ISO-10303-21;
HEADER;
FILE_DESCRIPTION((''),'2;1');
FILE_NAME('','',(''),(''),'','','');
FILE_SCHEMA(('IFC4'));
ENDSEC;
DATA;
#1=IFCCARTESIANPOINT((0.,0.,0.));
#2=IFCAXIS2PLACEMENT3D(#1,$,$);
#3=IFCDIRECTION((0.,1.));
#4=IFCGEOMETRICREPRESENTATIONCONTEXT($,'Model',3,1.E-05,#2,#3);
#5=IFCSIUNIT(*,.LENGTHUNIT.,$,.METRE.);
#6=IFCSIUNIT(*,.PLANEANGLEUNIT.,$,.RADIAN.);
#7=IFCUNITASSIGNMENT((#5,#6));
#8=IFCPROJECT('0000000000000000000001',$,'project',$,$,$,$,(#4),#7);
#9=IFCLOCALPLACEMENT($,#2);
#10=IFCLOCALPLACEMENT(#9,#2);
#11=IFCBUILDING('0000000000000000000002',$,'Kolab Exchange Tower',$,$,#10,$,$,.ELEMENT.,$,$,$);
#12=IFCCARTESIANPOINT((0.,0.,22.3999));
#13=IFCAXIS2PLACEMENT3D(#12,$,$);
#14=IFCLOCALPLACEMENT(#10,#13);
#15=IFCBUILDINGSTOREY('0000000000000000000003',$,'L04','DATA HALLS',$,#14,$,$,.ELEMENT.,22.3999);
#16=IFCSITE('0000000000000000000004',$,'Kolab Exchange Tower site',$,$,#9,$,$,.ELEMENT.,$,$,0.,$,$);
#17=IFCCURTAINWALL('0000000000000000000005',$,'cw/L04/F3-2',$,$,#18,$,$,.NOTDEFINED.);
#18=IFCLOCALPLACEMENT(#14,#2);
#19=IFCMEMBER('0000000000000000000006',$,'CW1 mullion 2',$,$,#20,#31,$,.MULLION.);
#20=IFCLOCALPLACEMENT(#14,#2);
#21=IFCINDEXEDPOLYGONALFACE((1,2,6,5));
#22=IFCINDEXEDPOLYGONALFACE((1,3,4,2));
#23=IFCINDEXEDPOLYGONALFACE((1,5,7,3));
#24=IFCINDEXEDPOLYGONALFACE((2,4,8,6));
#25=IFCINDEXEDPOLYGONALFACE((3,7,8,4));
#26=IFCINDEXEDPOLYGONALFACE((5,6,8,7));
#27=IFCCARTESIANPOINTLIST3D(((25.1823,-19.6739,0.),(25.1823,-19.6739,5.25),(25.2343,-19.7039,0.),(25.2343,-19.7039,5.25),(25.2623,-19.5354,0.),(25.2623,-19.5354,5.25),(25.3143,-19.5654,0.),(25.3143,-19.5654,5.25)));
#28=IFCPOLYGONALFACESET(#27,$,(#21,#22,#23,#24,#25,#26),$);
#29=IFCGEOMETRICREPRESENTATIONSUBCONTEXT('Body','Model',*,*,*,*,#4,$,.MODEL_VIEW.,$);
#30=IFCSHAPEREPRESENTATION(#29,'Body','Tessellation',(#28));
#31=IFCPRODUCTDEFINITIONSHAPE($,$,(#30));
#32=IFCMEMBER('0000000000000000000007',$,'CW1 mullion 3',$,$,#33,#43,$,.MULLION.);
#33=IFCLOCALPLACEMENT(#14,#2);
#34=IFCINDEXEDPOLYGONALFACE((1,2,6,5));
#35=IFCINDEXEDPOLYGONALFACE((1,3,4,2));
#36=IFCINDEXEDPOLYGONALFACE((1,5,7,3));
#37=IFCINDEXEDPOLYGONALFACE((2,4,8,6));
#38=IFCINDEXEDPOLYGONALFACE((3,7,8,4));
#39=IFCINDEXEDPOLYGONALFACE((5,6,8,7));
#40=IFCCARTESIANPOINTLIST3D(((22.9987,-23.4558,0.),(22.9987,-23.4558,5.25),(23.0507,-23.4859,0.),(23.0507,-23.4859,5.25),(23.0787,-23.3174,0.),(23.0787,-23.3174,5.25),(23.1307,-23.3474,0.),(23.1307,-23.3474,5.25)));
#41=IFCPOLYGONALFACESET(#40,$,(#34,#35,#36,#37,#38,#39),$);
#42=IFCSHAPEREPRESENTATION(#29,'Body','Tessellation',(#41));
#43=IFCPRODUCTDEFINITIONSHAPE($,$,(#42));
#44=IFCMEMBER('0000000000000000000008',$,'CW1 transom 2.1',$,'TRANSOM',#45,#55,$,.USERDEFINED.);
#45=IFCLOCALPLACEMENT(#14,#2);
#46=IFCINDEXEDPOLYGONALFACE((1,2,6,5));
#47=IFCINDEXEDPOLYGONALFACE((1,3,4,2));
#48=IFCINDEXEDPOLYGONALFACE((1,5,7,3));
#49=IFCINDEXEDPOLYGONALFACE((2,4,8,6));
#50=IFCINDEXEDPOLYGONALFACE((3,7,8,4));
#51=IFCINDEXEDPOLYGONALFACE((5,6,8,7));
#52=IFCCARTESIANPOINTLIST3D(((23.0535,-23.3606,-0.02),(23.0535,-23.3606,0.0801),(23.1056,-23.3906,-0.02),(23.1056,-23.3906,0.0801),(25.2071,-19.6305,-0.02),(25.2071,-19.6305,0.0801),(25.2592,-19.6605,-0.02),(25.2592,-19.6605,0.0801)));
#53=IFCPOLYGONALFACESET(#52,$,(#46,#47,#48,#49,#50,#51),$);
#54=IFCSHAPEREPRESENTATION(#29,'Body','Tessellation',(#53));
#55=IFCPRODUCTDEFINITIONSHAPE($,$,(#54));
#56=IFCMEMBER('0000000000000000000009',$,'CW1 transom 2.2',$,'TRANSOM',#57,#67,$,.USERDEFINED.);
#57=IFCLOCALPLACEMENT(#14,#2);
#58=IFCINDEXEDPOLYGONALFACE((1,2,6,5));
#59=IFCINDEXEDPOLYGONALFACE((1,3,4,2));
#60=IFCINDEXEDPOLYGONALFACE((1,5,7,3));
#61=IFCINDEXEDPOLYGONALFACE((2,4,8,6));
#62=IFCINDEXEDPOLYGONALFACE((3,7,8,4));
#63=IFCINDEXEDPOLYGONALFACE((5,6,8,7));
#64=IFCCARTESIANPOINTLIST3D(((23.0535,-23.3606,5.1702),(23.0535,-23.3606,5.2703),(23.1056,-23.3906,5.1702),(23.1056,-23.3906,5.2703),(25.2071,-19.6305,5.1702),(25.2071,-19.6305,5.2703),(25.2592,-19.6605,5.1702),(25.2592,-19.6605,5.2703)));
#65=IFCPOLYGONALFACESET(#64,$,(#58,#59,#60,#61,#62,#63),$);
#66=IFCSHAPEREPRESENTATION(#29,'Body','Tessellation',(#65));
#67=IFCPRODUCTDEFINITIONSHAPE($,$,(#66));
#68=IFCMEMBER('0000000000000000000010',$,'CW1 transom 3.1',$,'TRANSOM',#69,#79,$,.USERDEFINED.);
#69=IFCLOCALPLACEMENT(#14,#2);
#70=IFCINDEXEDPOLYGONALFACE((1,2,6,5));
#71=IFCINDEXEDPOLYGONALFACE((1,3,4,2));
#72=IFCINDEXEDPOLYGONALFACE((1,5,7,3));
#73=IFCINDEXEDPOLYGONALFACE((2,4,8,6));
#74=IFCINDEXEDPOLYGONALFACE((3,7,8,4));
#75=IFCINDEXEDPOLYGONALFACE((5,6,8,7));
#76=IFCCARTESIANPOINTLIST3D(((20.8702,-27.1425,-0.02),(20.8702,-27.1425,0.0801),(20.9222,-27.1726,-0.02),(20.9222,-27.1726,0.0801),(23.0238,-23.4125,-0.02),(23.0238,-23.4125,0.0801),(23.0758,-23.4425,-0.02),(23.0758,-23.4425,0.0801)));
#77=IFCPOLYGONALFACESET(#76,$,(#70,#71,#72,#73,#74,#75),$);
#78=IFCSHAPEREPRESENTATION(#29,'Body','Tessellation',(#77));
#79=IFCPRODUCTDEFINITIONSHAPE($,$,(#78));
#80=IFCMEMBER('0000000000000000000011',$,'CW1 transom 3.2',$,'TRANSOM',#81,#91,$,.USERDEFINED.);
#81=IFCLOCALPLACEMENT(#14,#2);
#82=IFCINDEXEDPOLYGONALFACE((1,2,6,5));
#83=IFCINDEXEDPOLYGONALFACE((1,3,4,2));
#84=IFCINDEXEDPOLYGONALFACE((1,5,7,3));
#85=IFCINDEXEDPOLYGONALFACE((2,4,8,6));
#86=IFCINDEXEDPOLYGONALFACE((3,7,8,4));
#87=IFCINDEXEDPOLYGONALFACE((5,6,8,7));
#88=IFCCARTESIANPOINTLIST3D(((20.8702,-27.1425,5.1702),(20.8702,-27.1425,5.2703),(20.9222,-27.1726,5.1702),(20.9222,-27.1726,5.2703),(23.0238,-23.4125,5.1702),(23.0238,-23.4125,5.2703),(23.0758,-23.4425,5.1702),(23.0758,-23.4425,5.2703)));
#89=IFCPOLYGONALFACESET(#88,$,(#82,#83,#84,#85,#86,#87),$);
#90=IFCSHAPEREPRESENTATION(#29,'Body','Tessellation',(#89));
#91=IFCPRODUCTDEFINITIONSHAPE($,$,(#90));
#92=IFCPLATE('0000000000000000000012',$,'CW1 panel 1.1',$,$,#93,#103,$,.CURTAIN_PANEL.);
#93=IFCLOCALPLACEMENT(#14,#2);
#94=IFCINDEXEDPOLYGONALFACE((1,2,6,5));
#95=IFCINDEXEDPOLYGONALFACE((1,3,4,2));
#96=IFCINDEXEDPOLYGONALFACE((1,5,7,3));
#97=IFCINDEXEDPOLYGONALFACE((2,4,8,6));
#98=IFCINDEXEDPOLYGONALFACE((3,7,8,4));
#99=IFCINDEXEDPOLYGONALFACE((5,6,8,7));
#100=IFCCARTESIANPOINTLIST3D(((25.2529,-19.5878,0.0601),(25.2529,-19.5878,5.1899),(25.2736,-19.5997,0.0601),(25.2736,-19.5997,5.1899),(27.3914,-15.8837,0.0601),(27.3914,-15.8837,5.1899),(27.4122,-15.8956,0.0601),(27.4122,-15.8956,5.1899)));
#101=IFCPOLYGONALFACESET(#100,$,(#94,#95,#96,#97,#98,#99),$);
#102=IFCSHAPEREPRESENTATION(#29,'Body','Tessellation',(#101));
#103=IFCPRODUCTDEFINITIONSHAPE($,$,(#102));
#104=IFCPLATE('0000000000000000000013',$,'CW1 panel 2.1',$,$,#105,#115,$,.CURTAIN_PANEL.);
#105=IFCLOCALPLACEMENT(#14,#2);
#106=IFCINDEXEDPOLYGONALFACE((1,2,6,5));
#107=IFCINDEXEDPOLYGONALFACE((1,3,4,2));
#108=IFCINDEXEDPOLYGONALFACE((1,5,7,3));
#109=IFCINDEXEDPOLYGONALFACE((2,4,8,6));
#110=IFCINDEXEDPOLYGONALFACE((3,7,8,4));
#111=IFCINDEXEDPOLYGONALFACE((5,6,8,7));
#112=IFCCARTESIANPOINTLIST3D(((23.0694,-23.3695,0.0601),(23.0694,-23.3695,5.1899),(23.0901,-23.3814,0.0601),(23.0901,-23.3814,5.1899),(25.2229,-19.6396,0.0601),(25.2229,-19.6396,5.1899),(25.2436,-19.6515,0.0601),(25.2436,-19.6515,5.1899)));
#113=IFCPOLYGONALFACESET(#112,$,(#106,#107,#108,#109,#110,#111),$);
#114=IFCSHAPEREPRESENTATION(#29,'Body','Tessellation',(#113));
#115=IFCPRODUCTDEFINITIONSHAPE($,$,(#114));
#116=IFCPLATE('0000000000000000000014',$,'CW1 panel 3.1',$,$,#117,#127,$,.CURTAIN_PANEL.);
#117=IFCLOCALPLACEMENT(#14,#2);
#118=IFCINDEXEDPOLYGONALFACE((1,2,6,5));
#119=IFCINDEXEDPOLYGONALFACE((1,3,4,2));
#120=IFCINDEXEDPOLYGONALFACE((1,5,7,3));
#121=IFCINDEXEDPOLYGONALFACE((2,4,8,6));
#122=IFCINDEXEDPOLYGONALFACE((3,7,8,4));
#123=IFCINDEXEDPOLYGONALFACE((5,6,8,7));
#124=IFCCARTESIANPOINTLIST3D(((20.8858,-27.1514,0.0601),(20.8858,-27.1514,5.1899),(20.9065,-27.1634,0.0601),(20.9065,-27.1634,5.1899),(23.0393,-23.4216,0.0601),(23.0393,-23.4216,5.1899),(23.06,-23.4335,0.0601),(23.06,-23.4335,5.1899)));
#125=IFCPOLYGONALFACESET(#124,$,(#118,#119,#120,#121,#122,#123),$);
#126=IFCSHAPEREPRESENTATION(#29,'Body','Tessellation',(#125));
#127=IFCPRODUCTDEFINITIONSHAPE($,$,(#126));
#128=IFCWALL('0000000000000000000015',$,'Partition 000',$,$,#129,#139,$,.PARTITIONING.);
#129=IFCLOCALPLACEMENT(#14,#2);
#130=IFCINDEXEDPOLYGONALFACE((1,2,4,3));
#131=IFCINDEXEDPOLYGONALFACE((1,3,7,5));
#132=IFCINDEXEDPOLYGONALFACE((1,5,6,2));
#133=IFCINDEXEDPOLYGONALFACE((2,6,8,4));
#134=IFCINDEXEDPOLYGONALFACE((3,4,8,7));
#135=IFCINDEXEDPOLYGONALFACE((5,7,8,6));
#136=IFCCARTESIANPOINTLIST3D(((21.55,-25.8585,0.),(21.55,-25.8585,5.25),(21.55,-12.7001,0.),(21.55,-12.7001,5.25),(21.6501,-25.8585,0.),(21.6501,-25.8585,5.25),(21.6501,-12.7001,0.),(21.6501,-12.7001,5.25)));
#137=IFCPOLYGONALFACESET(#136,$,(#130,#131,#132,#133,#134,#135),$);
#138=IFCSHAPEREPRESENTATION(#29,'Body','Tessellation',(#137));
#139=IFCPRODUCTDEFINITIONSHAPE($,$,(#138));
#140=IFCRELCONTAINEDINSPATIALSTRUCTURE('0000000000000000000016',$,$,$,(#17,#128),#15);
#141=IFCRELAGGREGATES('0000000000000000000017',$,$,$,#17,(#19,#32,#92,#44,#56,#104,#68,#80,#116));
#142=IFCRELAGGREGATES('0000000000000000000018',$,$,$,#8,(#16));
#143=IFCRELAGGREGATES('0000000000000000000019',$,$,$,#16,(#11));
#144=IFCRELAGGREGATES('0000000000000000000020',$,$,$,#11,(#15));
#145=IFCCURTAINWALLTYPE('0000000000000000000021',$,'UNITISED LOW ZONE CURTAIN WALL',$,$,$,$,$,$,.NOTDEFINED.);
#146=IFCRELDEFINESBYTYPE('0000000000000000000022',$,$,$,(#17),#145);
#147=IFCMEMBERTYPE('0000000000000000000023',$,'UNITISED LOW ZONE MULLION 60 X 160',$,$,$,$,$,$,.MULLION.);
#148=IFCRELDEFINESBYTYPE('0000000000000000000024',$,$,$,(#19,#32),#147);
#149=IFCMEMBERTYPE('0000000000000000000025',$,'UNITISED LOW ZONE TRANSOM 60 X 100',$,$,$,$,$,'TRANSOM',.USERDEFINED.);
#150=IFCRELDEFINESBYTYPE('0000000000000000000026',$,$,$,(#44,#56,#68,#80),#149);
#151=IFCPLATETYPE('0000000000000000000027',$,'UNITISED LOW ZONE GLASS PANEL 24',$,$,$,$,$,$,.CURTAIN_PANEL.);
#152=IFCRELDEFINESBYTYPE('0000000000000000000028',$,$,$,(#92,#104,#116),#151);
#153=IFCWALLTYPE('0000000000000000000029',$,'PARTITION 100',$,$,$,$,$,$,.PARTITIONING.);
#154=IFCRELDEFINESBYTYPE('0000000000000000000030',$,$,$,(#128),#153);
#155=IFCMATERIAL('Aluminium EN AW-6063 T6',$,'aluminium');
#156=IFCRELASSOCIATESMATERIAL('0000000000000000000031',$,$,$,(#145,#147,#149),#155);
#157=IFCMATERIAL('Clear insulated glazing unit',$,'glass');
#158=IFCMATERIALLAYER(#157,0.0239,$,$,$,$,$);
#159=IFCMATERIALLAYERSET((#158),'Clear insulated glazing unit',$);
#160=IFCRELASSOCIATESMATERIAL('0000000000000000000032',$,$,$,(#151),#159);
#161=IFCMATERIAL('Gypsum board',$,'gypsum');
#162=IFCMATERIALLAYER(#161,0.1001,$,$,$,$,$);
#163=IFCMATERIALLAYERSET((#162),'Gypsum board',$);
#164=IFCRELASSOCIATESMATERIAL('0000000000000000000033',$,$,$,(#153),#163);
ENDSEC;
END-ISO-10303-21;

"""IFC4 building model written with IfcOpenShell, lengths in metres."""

from ifc_helpers import new_model, si_unit, direction, frame, frame_2d, origin, origin_2d, place, context, subcontext, project, spatial, rectangle, extrude, material, layer, layer_set, material_profile, profile_set, type_object, element, aggregate, save


model = new_model("IFC4")

# Units and contexts
model_context = context("Model", 3, precision=1e-05, world=origin(), true_north=direction((0.0, 1.0)))
body_context = subcontext(model_context, "Body", "Model", "MODEL_VIEW")
ifc_project = project(units=[si_unit("LENGTHUNIT", "METRE"), si_unit("PLANEANGLEUNIT", "RADIAN")], contexts=[model_context])

# Site, building, storey
site_placement = place(None, origin())
site = spatial("IfcSite", under=ifc_project, at=site_placement, Name="Kolab Exchange Tower site", CompositionType="ELEMENT", RefElevation=0.0)
building_placement = place(site_placement, origin())
building = spatial("IfcBuilding", under=site, at=building_placement, Name="Kolab Exchange Tower", CompositionType="ELEMENT")
storey_placement = place(building_placement, frame((0.0, 0.0, 22.3999)))
storey = spatial("IfcBuildingStorey", under=building, at=storey_placement, Name="L04", Description="DATA HALLS", CompositionType="ELEMENT", Elevation=22.3999)

# Curtain wall, members, plates
ifc_material_1 = material(Name="Aluminium EN AW-6063 T6", Category="aluminium")
curtain_wall_type = type_object("IfcCurtainWallType", Name="UNITISED LOW ZONE CURTAIN WALL", PredefinedType="NOTDEFINED", material=ifc_material_1)
curtain_wall_placement = place(storey_placement, origin())
curtain_wall = element("IfcCurtainWall", 1, at=curtain_wall_placement, inside=storey, type_object=curtain_wall_type, Name="cw/L04/F3-2", PredefinedType="NOTDEFINED")
ifc_material_profile_1 = material_profile(ifc_material_1, rectangle(XDim=0.0601, YDim=0.1599, at=origin_2d()), Name="RECT 60X160")
ifc_profile_set_1 = profile_set([ifc_material_profile_1], Name="Aluminium EN AW-6063 T6")
member_type_1 = type_object("IfcMemberType", Name="UNITISED LOW ZONE MULLION 60 X 160", PredefinedType="MULLION", material=ifc_profile_set_1)
member_1_placement = place(storey_placement, frame((25.2483, -19.6196, 0.0), z_axis=(0.0, 0.0, 1.0), x_axis=(0.866025, -0.5, 0.0)))
member_1 = element("IfcMember", 2, at=member_1_placement, type_object=member_type_1, Name="CW1 mullion 2", PredefinedType="MULLION", context=body_context, shape_type="SweptSolid", body=[
    extrude(rectangle(XDim=0.0601, YDim=0.1599, at=origin_2d()), origin(), (0.0, 0.0, 1.0), 5.25),
])
member_2_placement = place(storey_placement, frame((23.0647, -23.4016, 0.0), z_axis=(0.0, 0.0, 1.0), x_axis=(0.866025, -0.5, 0.0)))
member_2 = element("IfcMember", 3, at=member_2_placement, type_object=member_type_1, Name="CW1 mullion 3", PredefinedType="MULLION", context=body_context, shape_type="SweptSolid", body=[
    extrude(rectangle(XDim=0.0601, YDim=0.1599, at=origin_2d()), origin(), (0.0, 0.0, 1.0), 5.25),
])
ifc_material_profile_2 = material_profile(ifc_material_1, rectangle(XDim=0.0601, YDim=0.1001, at=origin_2d()), Name="RECT 60X100")
ifc_profile_set_2 = profile_set([ifc_material_profile_2], Name="Aluminium EN AW-6063 T6")
member_type_2 = type_object("IfcMemberType", Name="UNITISED LOW ZONE TRANSOM 60 X 100", ElementType="TRANSOM", PredefinedType="USERDEFINED", material=ifc_profile_set_2)
member_3_placement = place(storey_placement, frame((25.2332, -19.6455, 0.03), z_axis=(-0.50001, -0.866019, 0.0), x_axis=(0.866019, -0.50001, 0.0)))
member_3 = element("IfcMember", 4, at=member_3_placement, type_object=member_type_2, Name="CW1 transom 2.1", ObjectType="TRANSOM", PredefinedType="USERDEFINED", context=body_context, shape_type="SweptSolid", body=[
    extrude(rectangle(XDim=0.0601, YDim=0.1001, at=origin_2d()), origin(), (0.0, 0.0, 1.0), 4.3071),
])
member_4_placement = place(storey_placement, frame((25.2332, -19.6455, 5.2202), z_axis=(-0.50001, -0.866019, 0.0), x_axis=(0.866019, -0.50001, 0.0)))
member_4 = element("IfcMember", 5, at=member_4_placement, type_object=member_type_2, Name="CW1 transom 2.2", ObjectType="TRANSOM", PredefinedType="USERDEFINED", context=body_context, shape_type="SweptSolid", body=[
    extrude(rectangle(XDim=0.0601, YDim=0.1001, at=origin_2d()), origin(), (0.0, 0.0, 1.0), 4.3071),
])
member_5_placement = place(storey_placement, frame((23.0498, -23.4275, 0.03), z_axis=(-0.50001, -0.866019, 0.0), x_axis=(0.866019, -0.50001, 0.0)))
member_5 = element("IfcMember", 6, at=member_5_placement, type_object=member_type_2, Name="CW1 transom 3.1", ObjectType="TRANSOM", PredefinedType="USERDEFINED", context=body_context, shape_type="SweptSolid", body=[
    extrude(rectangle(XDim=0.0601, YDim=0.1001, at=origin_2d()), origin(), (0.0, 0.0, 1.0), 4.3071),
])
member_6_placement = place(storey_placement, frame((23.0498, -23.4275, 5.2202), z_axis=(-0.50001, -0.866019, 0.0), x_axis=(0.866019, -0.50001, 0.0)))
member_6 = element("IfcMember", 7, at=member_6_placement, type_object=member_type_2, Name="CW1 transom 3.2", ObjectType="TRANSOM", PredefinedType="USERDEFINED", context=body_context, shape_type="SweptSolid", body=[
    extrude(rectangle(XDim=0.0601, YDim=0.1001, at=origin_2d()), origin(), (0.0, 0.0, 1.0), 4.3071),
])
ifc_material_2 = material(Name="Clear insulated glazing unit", Category="glass")
ifc_layer_1 = layer(ifc_material_2, 0.0239)
ifc_layer_set_1 = layer_set([ifc_layer_1], Name="Clear insulated glazing unit")
plate_type = type_object("IfcPlateType", Name="UNITISED LOW ZONE GLASS PANEL 24", PredefinedType="CURTAIN_PANEL", material=ifc_layer_set_1)
plate_1_placement = place(storey_placement, frame((26.3325, -17.7417, 0.0601), z_axis=(0.0, 0.0, 1.0), x_axis=(-0.5, -0.866025, 0.0)))
plate_1 = element("IfcPlate", 8, at=plate_1_placement, type_object=plate_type, Name="CW1 panel 1.1", PredefinedType="CURTAIN_PANEL", context=body_context, shape_type="SweptSolid", body=[
    extrude(rectangle(XDim=4.2771, YDim=0.0239, at=origin_2d()), origin(), (0.0, 0.0, 1.0), 5.1299),
])
plate_2_placement = place(storey_placement, frame((24.1565, -21.5105, 0.0601), z_axis=(0.0, 0.0, 1.0), x_axis=(-0.5, -0.866025, 0.0)))
plate_2 = element("IfcPlate", 9, at=plate_2_placement, type_object=plate_type, Name="CW1 panel 2.1", PredefinedType="CURTAIN_PANEL", context=body_context, shape_type="SweptSolid", body=[
    extrude(rectangle(XDim=4.3069, YDim=0.0239, at=origin_2d()), origin(), (0.0, 0.0, 1.0), 5.1299),
])
plate_3_placement = place(storey_placement, frame((21.9729, -25.2925, 0.0601), z_axis=(0.0, 0.0, 1.0), x_axis=(-0.5, -0.866025, 0.0)))
plate_3 = element("IfcPlate", 10, at=plate_3_placement, type_object=plate_type, Name="CW1 panel 3.1", PredefinedType="CURTAIN_PANEL", context=body_context, shape_type="SweptSolid", body=[
    extrude(rectangle(XDim=4.3069, YDim=0.0239, at=origin_2d()), origin(), (0.0, 0.0, 1.0), 5.1299),
])
aggregate(curtain_wall, [member_1, member_2, plate_1, member_3, member_4, plate_2, member_5, member_6, plate_3])

# Wall
ifc_material_3 = material(Name="Gypsum board", Category="gypsum")
ifc_layer_2 = layer(ifc_material_3, 0.1001)
ifc_layer_set_2 = layer_set([ifc_layer_2], Name="Gypsum board")
wall_type = type_object("IfcWallType", Name="PARTITION 100", PredefinedType="PARTITIONING", material=ifc_layer_set_2)
wall_placement = place(storey_placement, frame((21.6001, -25.8584, 0.0), z_axis=(0.0, 0.0, 1.0), x_axis=(0.0, 1.0, 0.0)))
element("IfcWall", 11, at=wall_placement, inside=storey, type_object=wall_type, Name="Partition 000", PredefinedType="PARTITIONING", context=body_context, shape_type="SweptSolid", body=[
    extrude(rectangle(XDim=13.1584, YDim=0.1001, at=frame_2d((6.5791, 0.0))), origin(), (0.0, 0.0, 1.0), 5.25),
])

save(model, "model.ifc")
